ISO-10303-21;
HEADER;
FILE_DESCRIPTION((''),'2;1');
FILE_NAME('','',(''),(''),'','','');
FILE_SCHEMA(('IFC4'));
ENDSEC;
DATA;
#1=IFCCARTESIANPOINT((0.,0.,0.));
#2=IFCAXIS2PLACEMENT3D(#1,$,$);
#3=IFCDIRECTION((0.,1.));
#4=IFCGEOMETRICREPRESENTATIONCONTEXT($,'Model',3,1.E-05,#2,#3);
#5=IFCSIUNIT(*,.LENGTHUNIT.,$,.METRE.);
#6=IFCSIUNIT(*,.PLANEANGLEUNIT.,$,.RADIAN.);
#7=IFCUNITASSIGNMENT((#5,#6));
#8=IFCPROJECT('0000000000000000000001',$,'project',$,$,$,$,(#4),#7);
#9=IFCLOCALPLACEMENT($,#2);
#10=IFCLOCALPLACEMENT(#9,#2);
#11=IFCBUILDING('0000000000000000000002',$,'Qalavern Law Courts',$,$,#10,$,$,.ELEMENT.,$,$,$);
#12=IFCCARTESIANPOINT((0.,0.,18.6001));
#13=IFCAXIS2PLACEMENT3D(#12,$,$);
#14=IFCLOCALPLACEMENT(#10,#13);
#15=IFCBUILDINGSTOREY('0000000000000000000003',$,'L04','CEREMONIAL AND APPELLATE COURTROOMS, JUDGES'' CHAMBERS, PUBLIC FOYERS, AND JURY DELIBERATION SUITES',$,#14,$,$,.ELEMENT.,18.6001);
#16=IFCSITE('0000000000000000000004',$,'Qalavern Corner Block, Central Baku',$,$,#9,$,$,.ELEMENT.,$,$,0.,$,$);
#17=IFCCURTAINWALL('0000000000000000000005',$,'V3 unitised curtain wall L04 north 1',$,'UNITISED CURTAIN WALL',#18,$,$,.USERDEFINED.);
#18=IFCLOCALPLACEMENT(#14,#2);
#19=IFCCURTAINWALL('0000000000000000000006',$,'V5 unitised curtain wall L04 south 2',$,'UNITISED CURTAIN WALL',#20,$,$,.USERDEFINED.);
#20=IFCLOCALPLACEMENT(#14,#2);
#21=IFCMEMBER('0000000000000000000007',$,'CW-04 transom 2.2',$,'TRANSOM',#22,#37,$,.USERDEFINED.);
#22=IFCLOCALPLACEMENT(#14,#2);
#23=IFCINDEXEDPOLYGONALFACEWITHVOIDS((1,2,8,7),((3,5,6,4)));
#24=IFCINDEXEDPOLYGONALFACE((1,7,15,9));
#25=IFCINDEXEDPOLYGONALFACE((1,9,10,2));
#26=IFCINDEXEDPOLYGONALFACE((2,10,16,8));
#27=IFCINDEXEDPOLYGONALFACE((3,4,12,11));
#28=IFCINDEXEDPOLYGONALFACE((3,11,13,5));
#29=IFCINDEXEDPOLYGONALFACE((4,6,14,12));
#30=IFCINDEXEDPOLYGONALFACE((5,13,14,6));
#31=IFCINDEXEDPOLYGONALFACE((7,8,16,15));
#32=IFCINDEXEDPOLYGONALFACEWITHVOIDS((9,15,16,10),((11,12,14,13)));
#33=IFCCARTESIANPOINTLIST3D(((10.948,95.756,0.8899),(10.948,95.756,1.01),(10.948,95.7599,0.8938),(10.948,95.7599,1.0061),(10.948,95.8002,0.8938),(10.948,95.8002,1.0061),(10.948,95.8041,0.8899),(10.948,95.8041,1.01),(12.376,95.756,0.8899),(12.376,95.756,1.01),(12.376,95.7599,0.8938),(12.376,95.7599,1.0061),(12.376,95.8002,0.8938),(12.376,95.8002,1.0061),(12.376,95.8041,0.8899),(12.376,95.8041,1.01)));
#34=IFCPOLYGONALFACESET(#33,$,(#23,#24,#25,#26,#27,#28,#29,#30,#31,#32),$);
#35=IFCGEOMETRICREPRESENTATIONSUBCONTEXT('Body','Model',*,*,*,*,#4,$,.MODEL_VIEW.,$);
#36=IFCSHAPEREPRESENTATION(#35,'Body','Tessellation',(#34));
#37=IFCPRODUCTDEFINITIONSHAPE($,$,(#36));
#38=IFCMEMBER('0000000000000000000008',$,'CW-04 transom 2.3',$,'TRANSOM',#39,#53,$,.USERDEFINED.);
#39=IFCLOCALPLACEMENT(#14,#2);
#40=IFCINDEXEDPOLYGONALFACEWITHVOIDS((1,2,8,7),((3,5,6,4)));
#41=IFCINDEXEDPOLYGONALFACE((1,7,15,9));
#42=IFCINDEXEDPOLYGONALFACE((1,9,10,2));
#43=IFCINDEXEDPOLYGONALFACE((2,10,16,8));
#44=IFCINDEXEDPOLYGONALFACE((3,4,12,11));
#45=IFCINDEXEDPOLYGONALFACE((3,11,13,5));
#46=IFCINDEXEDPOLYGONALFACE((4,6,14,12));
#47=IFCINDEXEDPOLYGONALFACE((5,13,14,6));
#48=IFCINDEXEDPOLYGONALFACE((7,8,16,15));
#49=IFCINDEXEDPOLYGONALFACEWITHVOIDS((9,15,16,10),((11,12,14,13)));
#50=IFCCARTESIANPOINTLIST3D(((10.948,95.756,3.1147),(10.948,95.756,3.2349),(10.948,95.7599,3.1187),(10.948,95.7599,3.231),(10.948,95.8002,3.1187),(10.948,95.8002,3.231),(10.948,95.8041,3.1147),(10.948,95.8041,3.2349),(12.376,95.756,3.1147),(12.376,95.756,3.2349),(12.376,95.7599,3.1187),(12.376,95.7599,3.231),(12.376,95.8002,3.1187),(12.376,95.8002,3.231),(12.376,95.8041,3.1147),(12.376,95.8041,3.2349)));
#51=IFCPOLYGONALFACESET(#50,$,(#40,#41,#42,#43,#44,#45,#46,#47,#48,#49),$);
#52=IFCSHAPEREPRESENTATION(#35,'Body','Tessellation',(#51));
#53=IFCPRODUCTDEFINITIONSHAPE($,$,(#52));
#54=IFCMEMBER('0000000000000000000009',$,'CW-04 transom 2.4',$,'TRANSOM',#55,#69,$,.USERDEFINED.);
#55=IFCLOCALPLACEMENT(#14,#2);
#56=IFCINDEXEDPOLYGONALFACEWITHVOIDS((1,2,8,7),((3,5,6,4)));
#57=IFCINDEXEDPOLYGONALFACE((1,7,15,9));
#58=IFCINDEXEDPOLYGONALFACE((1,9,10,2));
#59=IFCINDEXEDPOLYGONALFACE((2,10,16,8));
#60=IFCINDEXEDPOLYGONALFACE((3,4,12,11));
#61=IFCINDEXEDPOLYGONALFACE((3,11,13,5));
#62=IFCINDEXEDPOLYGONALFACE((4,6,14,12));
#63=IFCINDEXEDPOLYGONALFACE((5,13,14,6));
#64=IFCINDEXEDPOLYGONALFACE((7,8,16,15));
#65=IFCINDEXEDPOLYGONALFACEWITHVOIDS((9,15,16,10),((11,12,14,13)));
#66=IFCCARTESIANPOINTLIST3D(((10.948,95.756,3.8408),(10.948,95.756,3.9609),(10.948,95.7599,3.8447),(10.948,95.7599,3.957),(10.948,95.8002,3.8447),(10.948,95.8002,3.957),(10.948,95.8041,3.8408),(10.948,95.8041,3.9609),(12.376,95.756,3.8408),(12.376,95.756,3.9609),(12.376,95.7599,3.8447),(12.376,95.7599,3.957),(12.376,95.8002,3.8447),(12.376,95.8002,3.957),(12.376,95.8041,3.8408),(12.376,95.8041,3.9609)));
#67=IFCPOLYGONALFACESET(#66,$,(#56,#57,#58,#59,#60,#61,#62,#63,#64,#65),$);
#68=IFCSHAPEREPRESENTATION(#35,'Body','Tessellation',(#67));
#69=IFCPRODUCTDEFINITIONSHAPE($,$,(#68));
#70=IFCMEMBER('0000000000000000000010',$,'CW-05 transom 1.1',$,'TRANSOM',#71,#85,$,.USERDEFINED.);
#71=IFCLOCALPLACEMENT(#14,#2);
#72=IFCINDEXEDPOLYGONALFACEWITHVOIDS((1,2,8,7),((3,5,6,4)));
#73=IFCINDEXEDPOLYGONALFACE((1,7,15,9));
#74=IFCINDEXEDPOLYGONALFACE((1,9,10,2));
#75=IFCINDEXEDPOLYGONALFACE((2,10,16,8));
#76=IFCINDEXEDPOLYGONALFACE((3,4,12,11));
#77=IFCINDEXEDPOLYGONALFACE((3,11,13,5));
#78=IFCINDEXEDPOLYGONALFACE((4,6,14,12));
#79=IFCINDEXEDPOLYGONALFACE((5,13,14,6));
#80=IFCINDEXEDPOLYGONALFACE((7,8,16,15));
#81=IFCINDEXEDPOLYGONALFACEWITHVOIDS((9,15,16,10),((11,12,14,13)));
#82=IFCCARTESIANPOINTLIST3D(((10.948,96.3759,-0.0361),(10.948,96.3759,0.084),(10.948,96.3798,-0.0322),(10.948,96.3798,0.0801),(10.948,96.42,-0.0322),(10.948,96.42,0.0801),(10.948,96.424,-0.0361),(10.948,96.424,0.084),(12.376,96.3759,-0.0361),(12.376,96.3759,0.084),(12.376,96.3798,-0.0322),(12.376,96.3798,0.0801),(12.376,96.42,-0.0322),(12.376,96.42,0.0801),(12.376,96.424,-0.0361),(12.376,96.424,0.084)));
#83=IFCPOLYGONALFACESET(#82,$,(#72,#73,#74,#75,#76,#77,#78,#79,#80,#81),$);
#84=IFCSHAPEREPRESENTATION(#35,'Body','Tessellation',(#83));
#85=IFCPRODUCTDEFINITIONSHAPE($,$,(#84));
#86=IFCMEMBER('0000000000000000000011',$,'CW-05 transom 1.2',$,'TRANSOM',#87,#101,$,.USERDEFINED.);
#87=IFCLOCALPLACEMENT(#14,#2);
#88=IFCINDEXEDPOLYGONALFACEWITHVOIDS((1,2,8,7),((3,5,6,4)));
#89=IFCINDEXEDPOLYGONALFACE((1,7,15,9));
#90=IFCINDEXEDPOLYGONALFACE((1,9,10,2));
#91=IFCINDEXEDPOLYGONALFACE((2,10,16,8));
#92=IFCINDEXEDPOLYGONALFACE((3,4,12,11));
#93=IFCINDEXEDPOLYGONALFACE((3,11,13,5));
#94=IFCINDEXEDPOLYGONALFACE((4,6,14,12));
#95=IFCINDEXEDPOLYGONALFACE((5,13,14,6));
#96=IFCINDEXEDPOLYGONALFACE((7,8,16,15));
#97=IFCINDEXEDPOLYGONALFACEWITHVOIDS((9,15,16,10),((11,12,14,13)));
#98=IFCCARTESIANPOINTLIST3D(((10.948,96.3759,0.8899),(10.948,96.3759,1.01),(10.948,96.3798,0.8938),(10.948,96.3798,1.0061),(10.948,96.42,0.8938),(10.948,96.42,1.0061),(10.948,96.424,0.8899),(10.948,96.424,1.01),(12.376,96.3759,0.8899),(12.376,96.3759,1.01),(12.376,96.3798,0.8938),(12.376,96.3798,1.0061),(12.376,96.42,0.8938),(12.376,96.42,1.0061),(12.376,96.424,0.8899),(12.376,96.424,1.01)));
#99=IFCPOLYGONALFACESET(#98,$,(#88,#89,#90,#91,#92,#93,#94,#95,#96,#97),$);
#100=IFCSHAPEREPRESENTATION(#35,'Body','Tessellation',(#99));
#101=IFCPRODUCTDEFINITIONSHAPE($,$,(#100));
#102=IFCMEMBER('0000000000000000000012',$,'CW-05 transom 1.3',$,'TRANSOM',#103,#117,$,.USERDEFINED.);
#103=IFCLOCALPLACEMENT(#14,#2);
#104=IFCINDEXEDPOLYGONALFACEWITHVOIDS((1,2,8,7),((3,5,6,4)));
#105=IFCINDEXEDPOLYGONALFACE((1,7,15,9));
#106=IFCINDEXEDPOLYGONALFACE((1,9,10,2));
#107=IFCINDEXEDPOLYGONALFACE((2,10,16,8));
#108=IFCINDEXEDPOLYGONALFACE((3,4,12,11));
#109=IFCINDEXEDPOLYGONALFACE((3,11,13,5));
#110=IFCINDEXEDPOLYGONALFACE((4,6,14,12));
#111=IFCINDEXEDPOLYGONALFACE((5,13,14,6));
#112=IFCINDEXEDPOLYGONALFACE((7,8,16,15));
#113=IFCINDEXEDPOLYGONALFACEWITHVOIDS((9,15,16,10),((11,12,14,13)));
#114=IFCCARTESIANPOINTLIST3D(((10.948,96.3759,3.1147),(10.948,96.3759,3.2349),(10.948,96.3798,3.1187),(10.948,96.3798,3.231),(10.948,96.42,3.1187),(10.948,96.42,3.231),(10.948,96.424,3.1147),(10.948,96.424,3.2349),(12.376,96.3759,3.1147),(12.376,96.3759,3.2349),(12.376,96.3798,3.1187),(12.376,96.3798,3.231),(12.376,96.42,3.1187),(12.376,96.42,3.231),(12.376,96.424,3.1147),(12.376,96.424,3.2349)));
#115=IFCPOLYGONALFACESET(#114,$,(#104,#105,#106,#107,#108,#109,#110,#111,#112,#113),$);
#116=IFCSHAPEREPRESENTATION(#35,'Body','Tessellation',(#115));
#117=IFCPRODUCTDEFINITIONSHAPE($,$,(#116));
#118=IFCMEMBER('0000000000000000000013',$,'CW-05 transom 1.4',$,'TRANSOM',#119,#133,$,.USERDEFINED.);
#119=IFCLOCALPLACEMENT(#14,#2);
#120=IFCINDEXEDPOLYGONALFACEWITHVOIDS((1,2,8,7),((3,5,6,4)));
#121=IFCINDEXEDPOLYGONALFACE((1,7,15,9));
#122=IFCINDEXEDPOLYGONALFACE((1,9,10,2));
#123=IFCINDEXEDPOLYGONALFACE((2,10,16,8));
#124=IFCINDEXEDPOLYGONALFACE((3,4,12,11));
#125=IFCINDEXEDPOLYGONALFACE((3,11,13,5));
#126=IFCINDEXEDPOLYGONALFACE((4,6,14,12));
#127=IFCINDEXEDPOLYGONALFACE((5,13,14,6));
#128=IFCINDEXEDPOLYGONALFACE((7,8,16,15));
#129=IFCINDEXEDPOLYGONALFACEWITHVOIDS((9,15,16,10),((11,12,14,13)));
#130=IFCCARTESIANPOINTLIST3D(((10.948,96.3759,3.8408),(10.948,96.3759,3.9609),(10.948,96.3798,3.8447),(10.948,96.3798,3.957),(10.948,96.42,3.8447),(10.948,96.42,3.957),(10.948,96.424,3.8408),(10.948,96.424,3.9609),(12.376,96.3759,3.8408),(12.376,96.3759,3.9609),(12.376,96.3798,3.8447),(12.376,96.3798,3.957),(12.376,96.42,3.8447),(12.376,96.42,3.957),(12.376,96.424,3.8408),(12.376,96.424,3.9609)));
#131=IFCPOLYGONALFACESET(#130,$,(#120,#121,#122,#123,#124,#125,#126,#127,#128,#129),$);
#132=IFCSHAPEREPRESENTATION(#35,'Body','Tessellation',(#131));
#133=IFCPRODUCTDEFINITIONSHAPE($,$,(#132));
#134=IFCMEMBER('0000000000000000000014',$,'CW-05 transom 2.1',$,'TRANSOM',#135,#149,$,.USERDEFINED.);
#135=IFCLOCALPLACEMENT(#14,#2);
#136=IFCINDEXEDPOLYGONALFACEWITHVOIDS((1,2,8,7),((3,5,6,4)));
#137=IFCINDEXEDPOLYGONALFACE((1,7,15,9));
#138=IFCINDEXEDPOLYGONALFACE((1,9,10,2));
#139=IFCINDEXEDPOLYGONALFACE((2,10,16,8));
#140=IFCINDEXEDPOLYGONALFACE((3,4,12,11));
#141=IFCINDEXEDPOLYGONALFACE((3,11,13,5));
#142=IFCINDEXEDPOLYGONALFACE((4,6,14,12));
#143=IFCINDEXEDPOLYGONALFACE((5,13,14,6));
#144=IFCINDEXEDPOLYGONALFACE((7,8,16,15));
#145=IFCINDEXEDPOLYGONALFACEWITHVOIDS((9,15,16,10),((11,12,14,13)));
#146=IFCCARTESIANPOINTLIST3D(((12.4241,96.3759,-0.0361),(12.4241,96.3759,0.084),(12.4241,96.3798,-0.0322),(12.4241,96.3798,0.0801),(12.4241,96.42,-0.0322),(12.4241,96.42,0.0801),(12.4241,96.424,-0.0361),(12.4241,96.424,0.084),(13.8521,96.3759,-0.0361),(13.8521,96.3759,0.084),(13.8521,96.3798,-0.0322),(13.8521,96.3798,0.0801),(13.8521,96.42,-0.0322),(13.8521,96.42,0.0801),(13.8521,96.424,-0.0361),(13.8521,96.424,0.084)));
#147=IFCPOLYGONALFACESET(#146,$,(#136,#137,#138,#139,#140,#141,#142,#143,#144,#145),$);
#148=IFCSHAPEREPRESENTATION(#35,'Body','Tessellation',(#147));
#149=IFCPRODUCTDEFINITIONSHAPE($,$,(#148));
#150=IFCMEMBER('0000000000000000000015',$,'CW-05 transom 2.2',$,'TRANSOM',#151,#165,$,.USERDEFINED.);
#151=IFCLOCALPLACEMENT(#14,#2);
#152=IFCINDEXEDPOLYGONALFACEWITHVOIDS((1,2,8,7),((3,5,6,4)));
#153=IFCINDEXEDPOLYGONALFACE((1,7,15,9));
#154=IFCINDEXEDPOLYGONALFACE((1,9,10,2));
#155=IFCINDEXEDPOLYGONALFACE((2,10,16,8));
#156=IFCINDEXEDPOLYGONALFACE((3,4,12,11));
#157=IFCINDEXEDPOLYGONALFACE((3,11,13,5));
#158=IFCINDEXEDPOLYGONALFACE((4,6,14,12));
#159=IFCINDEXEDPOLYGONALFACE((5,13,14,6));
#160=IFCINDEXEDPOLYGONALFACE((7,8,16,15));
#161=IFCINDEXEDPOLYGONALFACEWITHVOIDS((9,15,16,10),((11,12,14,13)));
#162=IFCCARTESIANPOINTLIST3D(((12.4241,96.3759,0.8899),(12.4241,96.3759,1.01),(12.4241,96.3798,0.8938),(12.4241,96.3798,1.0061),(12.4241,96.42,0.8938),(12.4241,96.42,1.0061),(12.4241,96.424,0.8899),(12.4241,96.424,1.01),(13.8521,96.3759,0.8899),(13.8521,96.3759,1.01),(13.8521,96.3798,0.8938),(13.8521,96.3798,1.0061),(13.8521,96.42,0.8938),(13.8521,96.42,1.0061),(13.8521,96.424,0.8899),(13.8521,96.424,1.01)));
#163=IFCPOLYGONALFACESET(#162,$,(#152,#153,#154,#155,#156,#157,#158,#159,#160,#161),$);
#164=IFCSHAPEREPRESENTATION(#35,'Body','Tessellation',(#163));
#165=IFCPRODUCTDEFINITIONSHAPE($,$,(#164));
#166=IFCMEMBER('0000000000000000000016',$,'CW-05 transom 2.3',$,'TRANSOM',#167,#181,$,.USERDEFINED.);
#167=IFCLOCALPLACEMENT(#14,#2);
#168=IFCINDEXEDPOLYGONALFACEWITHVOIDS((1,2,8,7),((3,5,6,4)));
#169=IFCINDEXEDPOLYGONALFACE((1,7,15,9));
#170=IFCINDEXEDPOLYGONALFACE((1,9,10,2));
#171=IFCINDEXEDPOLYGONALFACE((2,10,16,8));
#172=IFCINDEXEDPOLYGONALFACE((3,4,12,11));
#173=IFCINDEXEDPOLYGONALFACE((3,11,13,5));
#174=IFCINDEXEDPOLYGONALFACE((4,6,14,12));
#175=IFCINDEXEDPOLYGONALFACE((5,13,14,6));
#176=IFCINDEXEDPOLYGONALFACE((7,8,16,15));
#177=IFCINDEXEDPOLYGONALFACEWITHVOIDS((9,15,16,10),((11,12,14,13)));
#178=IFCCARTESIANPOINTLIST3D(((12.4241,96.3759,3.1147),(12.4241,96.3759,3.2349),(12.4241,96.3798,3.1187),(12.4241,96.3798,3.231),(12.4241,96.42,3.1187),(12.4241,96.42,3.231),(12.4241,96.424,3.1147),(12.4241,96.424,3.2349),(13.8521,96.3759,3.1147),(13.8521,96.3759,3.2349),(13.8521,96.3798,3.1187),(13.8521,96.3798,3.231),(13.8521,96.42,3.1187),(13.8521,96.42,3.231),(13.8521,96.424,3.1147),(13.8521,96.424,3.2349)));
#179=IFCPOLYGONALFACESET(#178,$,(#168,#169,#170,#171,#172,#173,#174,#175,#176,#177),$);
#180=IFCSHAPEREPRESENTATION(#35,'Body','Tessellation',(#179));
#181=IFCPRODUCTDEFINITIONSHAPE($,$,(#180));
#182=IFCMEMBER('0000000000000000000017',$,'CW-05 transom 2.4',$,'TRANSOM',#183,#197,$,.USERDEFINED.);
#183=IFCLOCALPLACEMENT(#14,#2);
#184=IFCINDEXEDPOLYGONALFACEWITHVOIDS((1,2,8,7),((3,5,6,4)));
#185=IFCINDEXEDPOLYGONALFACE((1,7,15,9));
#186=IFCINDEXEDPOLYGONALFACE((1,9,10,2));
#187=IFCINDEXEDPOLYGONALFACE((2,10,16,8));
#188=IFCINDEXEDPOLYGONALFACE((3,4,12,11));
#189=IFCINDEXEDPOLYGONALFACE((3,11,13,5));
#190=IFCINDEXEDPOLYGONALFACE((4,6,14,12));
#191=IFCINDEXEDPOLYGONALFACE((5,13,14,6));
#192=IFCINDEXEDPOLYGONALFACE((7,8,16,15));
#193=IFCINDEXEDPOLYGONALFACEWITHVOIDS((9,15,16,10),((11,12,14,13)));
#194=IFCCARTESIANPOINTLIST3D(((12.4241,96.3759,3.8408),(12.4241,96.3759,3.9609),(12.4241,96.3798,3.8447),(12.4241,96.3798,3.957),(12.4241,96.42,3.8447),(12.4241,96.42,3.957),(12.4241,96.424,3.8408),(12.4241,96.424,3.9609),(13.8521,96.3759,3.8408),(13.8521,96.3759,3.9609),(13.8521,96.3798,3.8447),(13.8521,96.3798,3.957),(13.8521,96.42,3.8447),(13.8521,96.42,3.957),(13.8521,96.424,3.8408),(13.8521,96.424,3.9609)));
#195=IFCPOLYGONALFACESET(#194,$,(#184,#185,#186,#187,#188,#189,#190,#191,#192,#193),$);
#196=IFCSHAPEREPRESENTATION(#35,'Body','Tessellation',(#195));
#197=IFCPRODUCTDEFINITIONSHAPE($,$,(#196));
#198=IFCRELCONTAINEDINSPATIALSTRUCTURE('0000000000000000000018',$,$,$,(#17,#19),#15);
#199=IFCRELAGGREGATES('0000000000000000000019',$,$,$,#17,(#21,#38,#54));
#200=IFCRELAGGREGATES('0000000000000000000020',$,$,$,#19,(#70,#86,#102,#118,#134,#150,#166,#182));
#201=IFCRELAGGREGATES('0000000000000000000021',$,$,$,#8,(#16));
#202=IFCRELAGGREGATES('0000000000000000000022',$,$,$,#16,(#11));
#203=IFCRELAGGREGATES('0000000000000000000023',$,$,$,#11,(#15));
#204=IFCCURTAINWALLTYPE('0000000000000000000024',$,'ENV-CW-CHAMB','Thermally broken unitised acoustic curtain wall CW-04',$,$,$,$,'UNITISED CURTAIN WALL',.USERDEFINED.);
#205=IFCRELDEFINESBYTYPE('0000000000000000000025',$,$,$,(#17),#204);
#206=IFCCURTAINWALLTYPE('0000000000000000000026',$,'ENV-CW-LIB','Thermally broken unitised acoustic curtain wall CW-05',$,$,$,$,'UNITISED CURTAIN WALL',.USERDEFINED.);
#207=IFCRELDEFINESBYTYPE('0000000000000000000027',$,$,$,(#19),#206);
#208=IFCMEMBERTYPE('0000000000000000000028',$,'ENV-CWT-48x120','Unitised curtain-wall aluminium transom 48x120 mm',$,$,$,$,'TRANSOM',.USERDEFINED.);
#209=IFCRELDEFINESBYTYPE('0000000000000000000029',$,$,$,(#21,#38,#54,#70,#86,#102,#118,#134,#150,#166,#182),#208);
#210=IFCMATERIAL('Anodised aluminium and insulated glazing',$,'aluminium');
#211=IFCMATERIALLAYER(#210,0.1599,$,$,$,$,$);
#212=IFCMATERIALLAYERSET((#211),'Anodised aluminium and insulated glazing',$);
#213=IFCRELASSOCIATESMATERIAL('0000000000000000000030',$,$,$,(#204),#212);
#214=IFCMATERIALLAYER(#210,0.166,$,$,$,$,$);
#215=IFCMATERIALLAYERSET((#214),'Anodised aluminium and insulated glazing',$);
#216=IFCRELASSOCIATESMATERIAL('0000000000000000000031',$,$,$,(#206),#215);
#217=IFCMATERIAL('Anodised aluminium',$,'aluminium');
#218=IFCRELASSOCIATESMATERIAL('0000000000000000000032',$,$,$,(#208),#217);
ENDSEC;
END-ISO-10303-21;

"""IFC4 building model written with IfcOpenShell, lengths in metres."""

from ifc_helpers import new_model, si_unit, direction, frame, origin, origin_2d, place, context, subcontext, project, spatial, hollow_rectangle, extrude, material, layer, layer_set, material_profile, profile_set, type_object, element, aggregate, save


model = new_model("IFC4")

# Units and contexts
model_context = context("Model", 3, precision=1e-05, world=origin(), true_north=direction((0.0, 1.0)))
body_context = subcontext(model_context, "Body", "Model", "MODEL_VIEW")
ifc_project = project(units=[si_unit("LENGTHUNIT", "METRE"), si_unit("PLANEANGLEUNIT", "RADIAN")], contexts=[model_context])

# Site, building, storey
site_placement = place(None, origin())
site = spatial("IfcSite", under=ifc_project, at=site_placement, Name="Qalavern Corner Block, Central Baku", CompositionType="ELEMENT", RefElevation=0.0)
building_placement = place(site_placement, origin())
building = spatial("IfcBuilding", under=site, at=building_placement, Name="Qalavern Law Courts", CompositionType="ELEMENT")
storey_placement = place(building_placement, frame((0.0, 0.0, 18.6001)))
storey = spatial("IfcBuildingStorey", under=building, at=storey_placement, Name="L04", Description="CEREMONIAL AND APPELLATE COURTROOMS, JUDGES' CHAMBERS, PUBLIC FOYERS, AND JURY DELIBERATION SUITES", CompositionType="ELEMENT", Elevation=18.6001)

# Curtain walls
ifc_material_1 = material(Name="Anodised aluminium and insulated glazing", Category="aluminium")
ifc_layer_1 = layer(ifc_material_1, 0.1599)
ifc_layer_set_1 = layer_set([ifc_layer_1], Name="Anodised aluminium and insulated glazing")
curtain_wall_type_1 = type_object("IfcCurtainWallType", Name="ENV-CW-CHAMB", Description="Thermally broken unitised acoustic curtain wall CW-04", ElementType="UNITISED CURTAIN WALL", PredefinedType="USERDEFINED", material=ifc_layer_set_1)
curtain_wall_1_placement = place(storey_placement, origin())
curtain_wall_1 = element("IfcCurtainWall", 1, at=curtain_wall_1_placement, inside=storey, type_object=curtain_wall_type_1, Name="V3 unitised curtain wall L04 north 1", ObjectType="UNITISED CURTAIN WALL", PredefinedType="USERDEFINED")
ifc_material_2 = material(Name="Anodised aluminium", Category="aluminium")
ifc_layer_2 = layer(ifc_material_1, 0.166)
ifc_layer_set_2 = layer_set([ifc_layer_2], Name="Anodised aluminium and insulated glazing")
curtain_wall_type_2 = type_object("IfcCurtainWallType", Name="ENV-CW-LIB", Description="Thermally broken unitised acoustic curtain wall CW-05", ElementType="UNITISED CURTAIN WALL", PredefinedType="USERDEFINED", material=ifc_layer_set_2)
curtain_wall_2_placement = place(storey_placement, origin())
curtain_wall_2 = element("IfcCurtainWall", 2, at=curtain_wall_2_placement, inside=storey, type_object=curtain_wall_type_2, Name="V5 unitised curtain wall L04 south 2", ObjectType="UNITISED CURTAIN WALL", PredefinedType="USERDEFINED")

# Members
ifc_material_profile_1 = material_profile(ifc_material_2, hollow_rectangle(XDim=0.0481, YDim=0.1201, WallThickness=0.0039, at=origin_2d()), Name="ALU TRANSOM 48x120")
ifc_profile_set_1 = profile_set([ifc_material_profile_1], Name="Anodised aluminium")
member_type_1 = type_object("IfcMemberType", Name="ENV-CWT-48x120", Description="Unitised curtain-wall aluminium transom 48x120 mm", ElementType="TRANSOM", PredefinedType="USERDEFINED", material=ifc_profile_set_1)
member_1_placement = place(storey_placement, frame((12.376, 95.78, 0.95), z_axis=(-1.0, 0.0, 0.0), x_axis=(0.0, -1.0, 0.0)))
member_1 = element("IfcMember", 3, at=member_1_placement, type_object=member_type_1, Name="CW-04 transom 2.2", ObjectType="TRANSOM", PredefinedType="USERDEFINED", context=body_context, shape_type="SweptSolid", body=[
    extrude(hollow_rectangle(XDim=0.0481, YDim=0.1201, WallThickness=0.0039, at=origin_2d()), origin(), (0.0, 0.0, 1.0), 1.428),
])
member_2_placement = place(storey_placement, frame((12.376, 95.78, 3.1748), z_axis=(-1.0, 0.0, 0.0), x_axis=(0.0, -1.0, 0.0)))
member_2 = element("IfcMember", 4, at=member_2_placement, type_object=member_type_1, Name="CW-04 transom 2.3", ObjectType="TRANSOM", PredefinedType="USERDEFINED", context=body_context, shape_type="SweptSolid", body=[
    extrude(hollow_rectangle(XDim=0.0481, YDim=0.1201, WallThickness=0.0039, at=origin_2d()), origin(), (0.0, 0.0, 1.0), 1.428),
])
member_3_placement = place(storey_placement, frame((12.376, 95.78, 3.9009), z_axis=(-1.0, 0.0, 0.0), x_axis=(0.0, -1.0, 0.0)))
member_3 = element("IfcMember", 5, at=member_3_placement, type_object=member_type_1, Name="CW-04 transom 2.4", ObjectType="TRANSOM", PredefinedType="USERDEFINED", context=body_context, shape_type="SweptSolid", body=[
    extrude(hollow_rectangle(XDim=0.0481, YDim=0.1201, WallThickness=0.0039, at=origin_2d()), origin(), (0.0, 0.0, 1.0), 1.428),
])
member_4_placement = place(storey_placement, frame((10.948, 96.3999, 0.0239), z_axis=(1.0, 0.0, 0.0), x_axis=(0.0, 1.0, 0.0)))
member_4 = element("IfcMember", 6, at=member_4_placement, type_object=member_type_1, Name="CW-05 transom 1.1", ObjectType="TRANSOM", PredefinedType="USERDEFINED", context=body_context, shape_type="SweptSolid", body=[
    extrude(hollow_rectangle(XDim=0.0481, YDim=0.1201, WallThickness=0.0039, at=origin_2d()), origin(), (0.0, 0.0, 1.0), 1.428),
])
member_5_placement = place(storey_placement, frame((10.948, 96.3999, 0.95), z_axis=(1.0, 0.0, 0.0), x_axis=(0.0, 1.0, 0.0)))
member_5 = element("IfcMember", 7, at=member_5_placement, type_object=member_type_1, Name="CW-05 transom 1.2", ObjectType="TRANSOM", PredefinedType="USERDEFINED", context=body_context, shape_type="SweptSolid", body=[
    extrude(hollow_rectangle(XDim=0.0481, YDim=0.1201, WallThickness=0.0039, at=origin_2d()), origin(), (0.0, 0.0, 1.0), 1.428),
])
member_6_placement = place(storey_placement, frame((10.948, 96.3999, 3.1748), z_axis=(1.0, 0.0, 0.0), x_axis=(0.0, 1.0, 0.0)))
member_6 = element("IfcMember", 8, at=member_6_placement, type_object=member_type_1, Name="CW-05 transom 1.3", ObjectType="TRANSOM", PredefinedType="USERDEFINED", context=body_context, shape_type="SweptSolid", body=[
    extrude(hollow_rectangle(XDim=0.0481, YDim=0.1201, WallThickness=0.0039, at=origin_2d()), origin(), (0.0, 0.0, 1.0), 1.428),
])
member_7_placement = place(storey_placement, frame((10.948, 96.3999, 3.9009), z_axis=(1.0, 0.0, 0.0), x_axis=(0.0, 1.0, 0.0)))
member_7 = element("IfcMember", 9, at=member_7_placement, type_object=member_type_1, Name="CW-05 transom 1.4", ObjectType="TRANSOM", PredefinedType="USERDEFINED", context=body_context, shape_type="SweptSolid", body=[
    extrude(hollow_rectangle(XDim=0.0481, YDim=0.1201, WallThickness=0.0039, at=origin_2d()), origin(), (0.0, 0.0, 1.0), 1.428),
])
member_8_placement = place(storey_placement, frame((12.4241, 96.3999, 0.0239), z_axis=(1.0, 0.0, 0.0), x_axis=(0.0, 1.0, 0.0)))
member_8 = element("IfcMember", 10, at=member_8_placement, type_object=member_type_1, Name="CW-05 transom 2.1", ObjectType="TRANSOM", PredefinedType="USERDEFINED", context=body_context, shape_type="SweptSolid", body=[
    extrude(hollow_rectangle(XDim=0.0481, YDim=0.1201, WallThickness=0.0039, at=origin_2d()), origin(), (0.0, 0.0, 1.0), 1.428),
])
member_9_placement = place(storey_placement, frame((12.4241, 96.3999, 0.95), z_axis=(1.0, 0.0, 0.0), x_axis=(0.0, 1.0, 0.0)))
member_9 = element("IfcMember", 11, at=member_9_placement, type_object=member_type_1, Name="CW-05 transom 2.2", ObjectType="TRANSOM", PredefinedType="USERDEFINED", context=body_context, shape_type="SweptSolid", body=[
    extrude(hollow_rectangle(XDim=0.0481, YDim=0.1201, WallThickness=0.0039, at=origin_2d()), origin(), (0.0, 0.0, 1.0), 1.428),
])
member_10_placement = place(storey_placement, frame((12.4241, 96.3999, 3.1748), z_axis=(1.0, 0.0, 0.0), x_axis=(0.0, 1.0, 0.0)))
member_10 = element("IfcMember", 12, at=member_10_placement, type_object=member_type_1, Name="CW-05 transom 2.3", ObjectType="TRANSOM", PredefinedType="USERDEFINED", context=body_context, shape_type="SweptSolid", body=[
    extrude(hollow_rectangle(XDim=0.0481, YDim=0.1201, WallThickness=0.0039, at=origin_2d()), origin(), (0.0, 0.0, 1.0), 1.428),
])
member_11_placement = place(storey_placement, frame((12.4241, 96.3999, 3.9009), z_axis=(1.0, 0.0, 0.0), x_axis=(0.0, 1.0, 0.0)))
member_11 = element("IfcMember", 13, at=member_11_placement, type_object=member_type_1, Name="CW-05 transom 2.4", ObjectType="TRANSOM", PredefinedType="USERDEFINED", context=body_context, shape_type="SweptSolid", body=[
    extrude(hollow_rectangle(XDim=0.0481, YDim=0.1201, WallThickness=0.0039, at=origin_2d()), origin(), (0.0, 0.0, 1.0), 1.428),
])

aggregate(curtain_wall_1, [member_1, member_2, member_3])
aggregate(curtain_wall_2, [member_4, member_5, member_6, member_7, member_8, member_9, member_10, member_11])

save(model, "model.ifc")
